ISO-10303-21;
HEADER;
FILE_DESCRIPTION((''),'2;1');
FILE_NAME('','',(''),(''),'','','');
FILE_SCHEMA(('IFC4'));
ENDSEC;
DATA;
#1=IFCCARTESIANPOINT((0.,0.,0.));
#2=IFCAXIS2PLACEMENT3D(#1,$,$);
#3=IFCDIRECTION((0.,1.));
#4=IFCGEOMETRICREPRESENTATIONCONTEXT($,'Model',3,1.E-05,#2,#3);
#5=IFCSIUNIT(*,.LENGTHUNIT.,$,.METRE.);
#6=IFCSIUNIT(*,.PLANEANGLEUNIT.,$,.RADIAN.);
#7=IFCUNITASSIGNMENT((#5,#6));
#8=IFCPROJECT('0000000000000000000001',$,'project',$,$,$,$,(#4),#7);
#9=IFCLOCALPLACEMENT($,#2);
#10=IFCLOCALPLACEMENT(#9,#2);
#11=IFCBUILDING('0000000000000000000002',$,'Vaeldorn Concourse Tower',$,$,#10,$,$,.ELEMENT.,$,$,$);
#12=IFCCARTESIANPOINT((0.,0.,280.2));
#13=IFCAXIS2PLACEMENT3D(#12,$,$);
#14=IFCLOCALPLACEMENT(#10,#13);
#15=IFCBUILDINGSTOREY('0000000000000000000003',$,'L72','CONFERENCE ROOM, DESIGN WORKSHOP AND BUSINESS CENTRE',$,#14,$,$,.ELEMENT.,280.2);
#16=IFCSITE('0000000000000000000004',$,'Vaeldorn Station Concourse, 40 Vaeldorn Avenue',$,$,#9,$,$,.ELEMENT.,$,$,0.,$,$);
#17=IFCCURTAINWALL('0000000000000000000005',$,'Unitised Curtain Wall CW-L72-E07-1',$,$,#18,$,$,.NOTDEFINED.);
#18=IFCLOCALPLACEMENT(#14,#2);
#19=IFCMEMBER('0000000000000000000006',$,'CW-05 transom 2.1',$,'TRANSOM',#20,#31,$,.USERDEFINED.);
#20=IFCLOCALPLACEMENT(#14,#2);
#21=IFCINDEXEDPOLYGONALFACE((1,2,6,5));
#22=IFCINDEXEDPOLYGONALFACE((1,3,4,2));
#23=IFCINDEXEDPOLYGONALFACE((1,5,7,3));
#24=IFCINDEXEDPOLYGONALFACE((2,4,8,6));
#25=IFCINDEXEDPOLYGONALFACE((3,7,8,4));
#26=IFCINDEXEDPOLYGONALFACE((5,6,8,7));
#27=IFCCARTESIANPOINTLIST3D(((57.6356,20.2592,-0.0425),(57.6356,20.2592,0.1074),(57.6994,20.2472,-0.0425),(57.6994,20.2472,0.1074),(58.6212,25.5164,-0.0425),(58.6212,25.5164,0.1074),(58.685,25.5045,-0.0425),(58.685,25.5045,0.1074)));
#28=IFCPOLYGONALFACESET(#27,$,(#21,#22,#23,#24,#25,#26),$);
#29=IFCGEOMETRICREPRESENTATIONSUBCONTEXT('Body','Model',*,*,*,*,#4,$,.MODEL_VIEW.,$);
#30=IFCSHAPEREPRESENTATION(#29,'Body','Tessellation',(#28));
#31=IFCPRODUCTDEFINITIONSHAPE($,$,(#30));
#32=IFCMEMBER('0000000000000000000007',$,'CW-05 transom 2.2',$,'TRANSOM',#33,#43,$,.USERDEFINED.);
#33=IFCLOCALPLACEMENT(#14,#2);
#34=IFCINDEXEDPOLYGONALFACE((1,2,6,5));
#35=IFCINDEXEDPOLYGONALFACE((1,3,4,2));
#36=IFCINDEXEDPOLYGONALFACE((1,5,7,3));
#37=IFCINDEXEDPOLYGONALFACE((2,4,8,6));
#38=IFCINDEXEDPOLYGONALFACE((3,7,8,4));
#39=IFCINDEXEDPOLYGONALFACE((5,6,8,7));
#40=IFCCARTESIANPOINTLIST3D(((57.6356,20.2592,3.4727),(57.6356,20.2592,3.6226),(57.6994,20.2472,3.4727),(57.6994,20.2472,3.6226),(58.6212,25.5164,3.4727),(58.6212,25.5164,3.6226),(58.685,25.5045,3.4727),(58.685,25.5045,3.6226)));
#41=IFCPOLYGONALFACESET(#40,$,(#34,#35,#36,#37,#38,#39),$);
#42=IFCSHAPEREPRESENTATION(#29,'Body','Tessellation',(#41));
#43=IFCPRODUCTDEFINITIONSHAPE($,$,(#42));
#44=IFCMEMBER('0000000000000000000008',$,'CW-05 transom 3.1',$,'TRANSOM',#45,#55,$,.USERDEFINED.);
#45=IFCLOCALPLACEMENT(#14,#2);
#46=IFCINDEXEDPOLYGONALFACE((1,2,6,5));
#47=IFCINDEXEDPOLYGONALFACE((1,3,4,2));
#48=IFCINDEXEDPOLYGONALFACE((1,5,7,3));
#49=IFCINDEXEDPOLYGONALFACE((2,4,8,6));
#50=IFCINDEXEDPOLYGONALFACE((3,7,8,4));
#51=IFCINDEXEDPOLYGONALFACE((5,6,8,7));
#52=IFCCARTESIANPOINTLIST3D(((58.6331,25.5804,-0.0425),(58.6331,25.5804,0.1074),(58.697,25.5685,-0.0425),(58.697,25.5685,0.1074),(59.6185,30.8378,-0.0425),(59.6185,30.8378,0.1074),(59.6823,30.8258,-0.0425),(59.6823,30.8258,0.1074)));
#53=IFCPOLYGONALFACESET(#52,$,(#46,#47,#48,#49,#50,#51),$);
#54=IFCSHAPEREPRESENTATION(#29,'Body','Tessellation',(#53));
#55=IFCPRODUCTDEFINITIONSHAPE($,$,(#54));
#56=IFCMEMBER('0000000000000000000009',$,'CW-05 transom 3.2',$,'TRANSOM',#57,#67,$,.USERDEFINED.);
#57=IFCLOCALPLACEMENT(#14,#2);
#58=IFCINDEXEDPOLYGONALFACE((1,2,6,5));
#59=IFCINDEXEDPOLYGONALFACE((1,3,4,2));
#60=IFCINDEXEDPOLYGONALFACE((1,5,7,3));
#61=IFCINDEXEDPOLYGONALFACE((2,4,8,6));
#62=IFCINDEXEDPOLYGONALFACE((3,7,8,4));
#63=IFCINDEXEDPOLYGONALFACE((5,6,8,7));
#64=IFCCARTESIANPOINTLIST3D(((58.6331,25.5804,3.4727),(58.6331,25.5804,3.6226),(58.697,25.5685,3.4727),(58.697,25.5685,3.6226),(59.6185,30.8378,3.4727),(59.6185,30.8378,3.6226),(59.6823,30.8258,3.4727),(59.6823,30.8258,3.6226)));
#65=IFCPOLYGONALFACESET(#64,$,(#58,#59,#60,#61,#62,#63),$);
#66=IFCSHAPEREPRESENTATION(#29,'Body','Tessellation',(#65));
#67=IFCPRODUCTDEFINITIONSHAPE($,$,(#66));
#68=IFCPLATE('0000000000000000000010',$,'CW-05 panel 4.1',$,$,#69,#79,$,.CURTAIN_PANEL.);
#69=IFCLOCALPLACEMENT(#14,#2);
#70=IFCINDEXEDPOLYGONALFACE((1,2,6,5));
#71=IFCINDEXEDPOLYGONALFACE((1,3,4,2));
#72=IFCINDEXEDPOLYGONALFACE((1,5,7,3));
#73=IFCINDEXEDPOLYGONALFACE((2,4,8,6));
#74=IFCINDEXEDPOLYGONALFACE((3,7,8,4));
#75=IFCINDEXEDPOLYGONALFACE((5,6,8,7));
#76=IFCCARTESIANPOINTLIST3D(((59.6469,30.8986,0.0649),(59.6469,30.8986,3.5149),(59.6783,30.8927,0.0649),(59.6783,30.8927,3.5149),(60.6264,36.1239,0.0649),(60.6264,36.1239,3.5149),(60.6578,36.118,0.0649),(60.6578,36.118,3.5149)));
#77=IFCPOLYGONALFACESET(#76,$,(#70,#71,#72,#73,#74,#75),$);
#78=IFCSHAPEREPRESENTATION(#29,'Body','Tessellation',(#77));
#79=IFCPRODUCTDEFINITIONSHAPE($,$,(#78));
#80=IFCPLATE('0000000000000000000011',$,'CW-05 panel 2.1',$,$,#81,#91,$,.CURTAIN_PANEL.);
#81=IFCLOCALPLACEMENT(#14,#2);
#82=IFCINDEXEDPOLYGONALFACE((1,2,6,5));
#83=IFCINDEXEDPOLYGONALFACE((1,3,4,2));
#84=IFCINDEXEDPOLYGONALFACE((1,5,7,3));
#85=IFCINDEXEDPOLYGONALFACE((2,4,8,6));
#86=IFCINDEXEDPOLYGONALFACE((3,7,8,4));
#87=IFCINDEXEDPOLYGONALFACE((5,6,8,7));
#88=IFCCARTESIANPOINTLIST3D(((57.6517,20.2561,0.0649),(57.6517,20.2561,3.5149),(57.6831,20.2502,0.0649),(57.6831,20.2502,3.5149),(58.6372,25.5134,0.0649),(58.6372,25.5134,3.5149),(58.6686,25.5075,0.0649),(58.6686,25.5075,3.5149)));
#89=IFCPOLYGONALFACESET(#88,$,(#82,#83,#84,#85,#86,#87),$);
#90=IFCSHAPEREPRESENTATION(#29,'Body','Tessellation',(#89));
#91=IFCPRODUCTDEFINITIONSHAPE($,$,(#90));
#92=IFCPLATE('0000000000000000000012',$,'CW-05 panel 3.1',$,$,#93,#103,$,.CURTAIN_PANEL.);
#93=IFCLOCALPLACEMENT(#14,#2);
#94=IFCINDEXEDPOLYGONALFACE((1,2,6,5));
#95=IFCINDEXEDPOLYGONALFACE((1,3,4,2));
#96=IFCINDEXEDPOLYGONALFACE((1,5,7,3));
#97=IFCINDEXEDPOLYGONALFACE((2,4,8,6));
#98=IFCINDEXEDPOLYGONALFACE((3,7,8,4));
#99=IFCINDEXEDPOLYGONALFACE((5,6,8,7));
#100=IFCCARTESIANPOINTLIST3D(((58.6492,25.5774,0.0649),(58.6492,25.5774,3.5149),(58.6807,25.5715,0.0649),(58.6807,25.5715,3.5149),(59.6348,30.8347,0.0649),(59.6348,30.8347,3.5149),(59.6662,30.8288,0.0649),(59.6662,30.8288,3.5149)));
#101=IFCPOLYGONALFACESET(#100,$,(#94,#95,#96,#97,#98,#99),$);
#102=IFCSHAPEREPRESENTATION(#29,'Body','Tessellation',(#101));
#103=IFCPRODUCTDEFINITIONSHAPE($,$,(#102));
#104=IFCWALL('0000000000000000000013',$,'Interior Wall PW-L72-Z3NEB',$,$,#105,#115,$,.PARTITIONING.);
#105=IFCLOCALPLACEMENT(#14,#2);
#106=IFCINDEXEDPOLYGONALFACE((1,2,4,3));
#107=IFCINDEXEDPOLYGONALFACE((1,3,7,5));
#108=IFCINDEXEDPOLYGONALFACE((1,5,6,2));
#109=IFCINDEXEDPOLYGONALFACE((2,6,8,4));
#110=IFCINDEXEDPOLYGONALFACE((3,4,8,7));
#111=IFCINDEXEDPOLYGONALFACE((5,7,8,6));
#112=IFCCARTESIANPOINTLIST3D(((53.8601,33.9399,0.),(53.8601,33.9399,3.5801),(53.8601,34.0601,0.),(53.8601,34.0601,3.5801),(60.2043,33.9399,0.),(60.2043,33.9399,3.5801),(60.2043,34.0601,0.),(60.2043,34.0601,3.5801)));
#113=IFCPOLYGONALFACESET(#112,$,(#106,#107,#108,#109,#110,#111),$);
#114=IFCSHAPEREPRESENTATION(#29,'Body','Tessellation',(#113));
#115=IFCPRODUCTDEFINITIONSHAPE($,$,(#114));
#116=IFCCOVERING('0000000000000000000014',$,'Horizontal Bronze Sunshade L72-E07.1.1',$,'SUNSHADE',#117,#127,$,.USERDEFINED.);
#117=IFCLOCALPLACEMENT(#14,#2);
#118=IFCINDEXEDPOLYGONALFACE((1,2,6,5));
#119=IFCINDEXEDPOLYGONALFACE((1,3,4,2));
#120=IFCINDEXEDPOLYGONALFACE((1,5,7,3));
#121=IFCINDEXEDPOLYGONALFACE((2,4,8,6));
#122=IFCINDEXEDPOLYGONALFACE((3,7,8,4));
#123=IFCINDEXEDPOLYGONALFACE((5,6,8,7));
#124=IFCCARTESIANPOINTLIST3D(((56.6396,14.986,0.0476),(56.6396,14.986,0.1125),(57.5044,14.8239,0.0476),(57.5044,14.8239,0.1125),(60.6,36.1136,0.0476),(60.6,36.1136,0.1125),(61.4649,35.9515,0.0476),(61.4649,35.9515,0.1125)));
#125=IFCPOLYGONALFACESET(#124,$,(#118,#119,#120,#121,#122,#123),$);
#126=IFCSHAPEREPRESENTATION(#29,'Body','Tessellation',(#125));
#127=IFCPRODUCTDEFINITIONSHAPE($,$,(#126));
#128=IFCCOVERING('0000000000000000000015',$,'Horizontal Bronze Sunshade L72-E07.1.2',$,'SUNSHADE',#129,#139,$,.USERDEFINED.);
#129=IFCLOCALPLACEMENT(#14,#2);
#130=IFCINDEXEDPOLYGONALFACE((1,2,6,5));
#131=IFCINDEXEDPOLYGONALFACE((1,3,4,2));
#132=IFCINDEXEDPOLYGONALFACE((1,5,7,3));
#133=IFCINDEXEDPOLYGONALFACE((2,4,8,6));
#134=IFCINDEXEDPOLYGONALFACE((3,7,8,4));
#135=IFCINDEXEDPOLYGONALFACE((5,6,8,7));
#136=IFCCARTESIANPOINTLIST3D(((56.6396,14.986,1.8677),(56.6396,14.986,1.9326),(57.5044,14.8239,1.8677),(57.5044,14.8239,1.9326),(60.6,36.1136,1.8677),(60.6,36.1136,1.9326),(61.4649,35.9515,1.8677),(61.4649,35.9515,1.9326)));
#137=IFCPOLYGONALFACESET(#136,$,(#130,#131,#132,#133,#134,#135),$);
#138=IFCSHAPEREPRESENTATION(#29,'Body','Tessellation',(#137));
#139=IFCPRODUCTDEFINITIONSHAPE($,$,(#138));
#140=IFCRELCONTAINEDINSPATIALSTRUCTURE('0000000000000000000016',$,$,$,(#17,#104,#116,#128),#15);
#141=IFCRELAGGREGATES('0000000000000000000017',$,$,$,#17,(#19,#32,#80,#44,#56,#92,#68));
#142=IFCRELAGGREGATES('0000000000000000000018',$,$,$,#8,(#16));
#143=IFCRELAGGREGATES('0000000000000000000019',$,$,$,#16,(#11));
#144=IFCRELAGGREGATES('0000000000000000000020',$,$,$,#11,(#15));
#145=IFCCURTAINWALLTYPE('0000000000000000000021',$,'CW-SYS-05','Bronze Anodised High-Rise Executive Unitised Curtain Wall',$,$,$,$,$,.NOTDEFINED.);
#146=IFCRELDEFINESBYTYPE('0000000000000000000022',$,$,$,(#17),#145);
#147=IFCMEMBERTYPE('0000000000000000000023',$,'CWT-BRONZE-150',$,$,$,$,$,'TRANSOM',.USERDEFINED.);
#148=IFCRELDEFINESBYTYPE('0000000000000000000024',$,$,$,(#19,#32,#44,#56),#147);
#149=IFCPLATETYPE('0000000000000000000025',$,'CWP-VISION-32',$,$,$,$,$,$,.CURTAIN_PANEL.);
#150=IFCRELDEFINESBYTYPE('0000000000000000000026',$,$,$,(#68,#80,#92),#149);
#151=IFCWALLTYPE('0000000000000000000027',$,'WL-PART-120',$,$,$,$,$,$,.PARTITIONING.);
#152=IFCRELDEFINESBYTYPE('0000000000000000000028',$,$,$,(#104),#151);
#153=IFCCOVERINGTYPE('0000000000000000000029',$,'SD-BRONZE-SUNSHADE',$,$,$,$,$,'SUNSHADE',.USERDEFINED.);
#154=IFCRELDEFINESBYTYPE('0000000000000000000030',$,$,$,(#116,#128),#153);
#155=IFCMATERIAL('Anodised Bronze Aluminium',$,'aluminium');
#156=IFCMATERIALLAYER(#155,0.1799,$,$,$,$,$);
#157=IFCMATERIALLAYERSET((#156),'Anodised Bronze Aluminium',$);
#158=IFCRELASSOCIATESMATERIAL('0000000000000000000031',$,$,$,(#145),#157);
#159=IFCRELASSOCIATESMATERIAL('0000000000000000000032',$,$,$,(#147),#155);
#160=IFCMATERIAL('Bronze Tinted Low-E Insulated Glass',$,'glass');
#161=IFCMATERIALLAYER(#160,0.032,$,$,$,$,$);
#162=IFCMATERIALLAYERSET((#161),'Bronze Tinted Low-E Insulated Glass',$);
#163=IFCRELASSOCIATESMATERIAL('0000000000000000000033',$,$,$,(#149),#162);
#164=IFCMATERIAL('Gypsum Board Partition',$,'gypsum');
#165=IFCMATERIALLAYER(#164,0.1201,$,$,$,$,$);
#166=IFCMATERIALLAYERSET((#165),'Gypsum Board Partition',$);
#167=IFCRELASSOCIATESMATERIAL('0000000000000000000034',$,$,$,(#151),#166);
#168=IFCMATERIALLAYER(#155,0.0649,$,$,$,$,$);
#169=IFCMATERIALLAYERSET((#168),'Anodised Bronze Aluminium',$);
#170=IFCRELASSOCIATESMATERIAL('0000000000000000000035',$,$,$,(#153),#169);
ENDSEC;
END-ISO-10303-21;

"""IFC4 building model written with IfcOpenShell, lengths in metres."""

from ifc_helpers import new_model, si_unit, direction, frame, frame_2d, origin, origin_2d, place, context, subcontext, project, spatial, rectangle, extrude, source, transform, mapped, material, layer, layer_set, material_profile, profile_set, type_object, element, aggregate, save


model = new_model("IFC4")

# Units and contexts
model_context = context("Model", 3, precision=1e-05, world=origin(), true_north=direction((0.0, 1.0)))
body_context = subcontext(model_context, "Body", "Model", "MODEL_VIEW")
ifc_project = project(units=[si_unit("LENGTHUNIT", "METRE"), si_unit("PLANEANGLEUNIT", "RADIAN")], contexts=[model_context])

# Site, building, storey
site_placement = place(None, origin())
site = spatial("IfcSite", under=ifc_project, at=site_placement, Name="Vaeldorn Station Concourse, 40 Vaeldorn Avenue", CompositionType="ELEMENT", RefElevation=0.0)
building_placement = place(site_placement, origin())
building = spatial("IfcBuilding", under=site, at=building_placement, Name="Vaeldorn Concourse Tower", CompositionType="ELEMENT")
storey_placement = place(building_placement, frame((0.0, 0.0, 280.2)))
storey = spatial("IfcBuildingStorey", under=building, at=storey_placement, Name="L72", Description="CONFERENCE ROOM, DESIGN WORKSHOP AND BUSINESS CENTRE", CompositionType="ELEMENT", Elevation=280.2)

# Curtain wall, members, plates
ifc_material_1 = material(Name="Anodised Bronze Aluminium", Category="aluminium")
ifc_layer_1 = layer(ifc_material_1, 0.1799)
ifc_layer_set_1 = layer_set([ifc_layer_1], Name="Anodised Bronze Aluminium")
curtain_wall_type = type_object("IfcCurtainWallType", Name="CW-SYS-05", Description="Bronze Anodised High-Rise Executive Unitised Curtain Wall", PredefinedType="NOTDEFINED", material=ifc_layer_set_1)
curtain_wall_placement = place(storey_placement, origin())
curtain_wall = element("IfcCurtainWall", 1, at=curtain_wall_placement, inside=storey, type_object=curtain_wall_type, Name="Unitised Curtain Wall CW-L72-E07-1", PredefinedType="NOTDEFINED")
ifc_material_profile_1 = material_profile(ifc_material_1, rectangle(XDim=0.0649, YDim=0.1499, at=origin_2d()), Name="CWT 65x150")
ifc_profile_set_1 = profile_set([ifc_material_profile_1], Name="Anodised Bronze Aluminium")
member_type_1 = type_object("IfcMemberType", Name="CWT-BRONZE-150", ElementType="TRANSOM", PredefinedType="USERDEFINED", material=ifc_profile_set_1)
shared_shape_1 = source(origin(), body_context, "Body", "SweptSolid", [
    extrude(rectangle(XDim=0.0649, YDim=0.1499, at=origin_2d()), origin(), (0.0, 0.0, 1.0), 5.3489),
])
member_1_placement = place(storey_placement, frame((57.6675, 20.2532, 0.0325), z_axis=(0.184261, 0.982877, 0.0), x_axis=(-0.982877, 0.184261, 0.0)))
member_1 = element("IfcMember", 2, at=member_1_placement, type_object=member_type_1, Name="CW-05 transom 2.1", ObjectType="TRANSOM", PredefinedType="USERDEFINED", context=body_context, shape_type="MappedRepresentation", body=[
    mapped(shared_shape_1, transform((0.0, 0.0, 0.0), scale=1.0)),
])
member_2_placement = place(storey_placement, frame((57.6675, 20.2532, 3.5476), z_axis=(0.184261, 0.982877, 0.0), x_axis=(-0.982877, 0.184261, 0.0)))
member_2 = element("IfcMember", 3, at=member_2_placement, type_object=member_type_1, Name="CW-05 transom 2.2", ObjectType="TRANSOM", PredefinedType="USERDEFINED", context=body_context, shape_type="MappedRepresentation", body=[
    mapped(shared_shape_1, transform((0.0, 0.0, 0.0), scale=1.0)),
])
member_3_placement = place(storey_placement, frame((58.665, 25.5745, 0.0325), z_axis=(0.184217, 0.982886, 0.0), x_axis=(-0.982886, 0.184217, 0.0)))
member_3 = element("IfcMember", 4, at=member_3_placement, type_object=member_type_1, Name="CW-05 transom 3.1", ObjectType="TRANSOM", PredefinedType="USERDEFINED", context=body_context, shape_type="MappedRepresentation", body=[
    mapped(shared_shape_1, transform((0.0, 0.0, 0.0), scale=1.0)),
])
member_4_placement = place(storey_placement, frame((58.665, 25.5745, 3.5476), z_axis=(0.184217, 0.982886, 0.0), x_axis=(-0.982886, 0.184217, 0.0)))
member_4 = element("IfcMember", 5, at=member_4_placement, type_object=member_type_1, Name="CW-05 transom 3.2", ObjectType="TRANSOM", PredefinedType="USERDEFINED", context=body_context, shape_type="MappedRepresentation", body=[
    mapped(shared_shape_1, transform((0.0, 0.0, 0.0), scale=1.0)),
])
ifc_material_2 = material(Name="Bronze Tinted Low-E Insulated Glass", Category="glass")
ifc_layer_2 = layer(ifc_material_2, 0.032)
ifc_layer_set_2 = layer_set([ifc_layer_2], Name="Bronze Tinted Low-E Insulated Glass")
plate_type = type_object("IfcPlateType", Name="CWP-VISION-32", PredefinedType="CURTAIN_PANEL", material=ifc_layer_set_2)
shared_shape_2 = source(origin(), body_context, "Body", "SweptSolid", [
    extrude(rectangle(XDim=5.3164, YDim=0.032, at=origin_2d()), origin(), (0.0, 0.0, 1.0), 3.45),
])
plate_1_placement = place(storey_placement, frame((60.1523, 33.5083, 0.0649), z_axis=(0.0, 0.0, 1.0), x_axis=(0.184247, 0.98288, 0.0)))
plate_1 = element("IfcPlate", 6, at=plate_1_placement, type_object=plate_type, Name="CW-05 panel 4.1", PredefinedType="CURTAIN_PANEL", context=body_context, shape_type="MappedRepresentation", body=[
    mapped(shared_shape_2, transform((0.0, 0.0, 0.0), scale=1.0)),
])
shared_shape_3 = source(origin(), body_context, "Body", "SweptSolid", [
    extrude(rectangle(XDim=5.3489, YDim=0.032, at=origin_2d()), origin(), (0.0, 0.0, 1.0), 3.45),
])
plate_2_placement = place(storey_placement, frame((58.1602, 22.8818, 0.0649), z_axis=(0.0, 0.0, 1.0), x_axis=(0.184247, 0.98288, 0.0)))
plate_2 = element("IfcPlate", 7, at=plate_2_placement, type_object=plate_type, Name="CW-05 panel 2.1", PredefinedType="CURTAIN_PANEL", context=body_context, shape_type="MappedRepresentation", body=[
    mapped(shared_shape_3, transform((0.0, 0.0, 0.0), scale=1.0)),
])
plate_3_placement = place(storey_placement, frame((59.1577, 28.2031, 0.0649), z_axis=(0.0, 0.0, 1.0), x_axis=(0.184247, 0.98288, 0.0)))
plate_3 = element("IfcPlate", 8, at=plate_3_placement, type_object=plate_type, Name="CW-05 panel 3.1", PredefinedType="CURTAIN_PANEL", context=body_context, shape_type="MappedRepresentation", body=[
    mapped(shared_shape_3, transform((0.0, 0.0, 0.0), scale=1.0)),
])
aggregate(curtain_wall, [member_1, member_2, plate_2, member_3, member_4, plate_3, plate_1])

# Shared definitions
ifc_material_3 = material(Name="Gypsum Board Partition", Category="gypsum")
ifc_layer_3 = layer(ifc_material_3, 0.1201)
ifc_layer_set_3 = layer_set([ifc_layer_3], Name="Gypsum Board Partition")
wall_type = type_object("IfcWallType", Name="WL-PART-120", PredefinedType="PARTITIONING", material=ifc_layer_set_3)

# Wall
wall_1_placement = place(storey_placement, frame((53.8601, 34.0, 0.0), z_axis=(0.0, 0.0, 1.0), x_axis=(1.0, 0.0, 0.0)))
element("IfcWall", 9, at=wall_1_placement, inside=storey, type_object=wall_type, Name="Interior Wall PW-L72-Z3NEB", PredefinedType="PARTITIONING", context=body_context, shape_type="SweptSolid", body=[
    extrude(rectangle(XDim=6.3442, YDim=0.1201, at=frame_2d((3.1721, 0.0))), origin(), (0.0, 0.0, 1.0), 3.5801),
])

# Coverings
ifc_layer_4 = layer(ifc_material_1, 0.0649)
ifc_layer_set_4 = layer_set([ifc_layer_4], Name="Anodised Bronze Aluminium")
covering_type = type_object("IfcCoveringType", Name="SD-BRONZE-SUNSHADE", ElementType="SUNSHADE", PredefinedType="USERDEFINED", material=ifc_layer_set_4)
shared_shape_4 = source(origin(), body_context, "Body", "SweptSolid", [
    extrude(rectangle(XDim=21.4956, YDim=0.8799, at=origin_2d()), origin(), (0.0, 0.0, 1.0), 0.0649),
])
for number, where, z_axis, x_axis, name in (
    (10, (59.0522, 25.4688, 0.0476), (0.0, 0.0, 1.0), (0.184243, 0.982881, 0.0), "Horizontal Bronze Sunshade L72-E07.1.1"),
    (11, (59.0522, 25.4688, 1.8677), (0.0, 0.0, 1.0), (0.184243, 0.982881, 0.0), "Horizontal Bronze Sunshade L72-E07.1.2"),
):
    element("IfcCovering", number, at=place(storey_placement, frame(where, z_axis=z_axis, x_axis=x_axis)), inside=storey, type_object=covering_type, Name=name, ObjectType="SUNSHADE", PredefinedType="USERDEFINED", context=body_context, shape_type="MappedRepresentation", body=[
        mapped(shared_shape_4, transform((0.0, 0.0, 0.0), scale=1.0)),
    ])

save(model, "model.ifc")
